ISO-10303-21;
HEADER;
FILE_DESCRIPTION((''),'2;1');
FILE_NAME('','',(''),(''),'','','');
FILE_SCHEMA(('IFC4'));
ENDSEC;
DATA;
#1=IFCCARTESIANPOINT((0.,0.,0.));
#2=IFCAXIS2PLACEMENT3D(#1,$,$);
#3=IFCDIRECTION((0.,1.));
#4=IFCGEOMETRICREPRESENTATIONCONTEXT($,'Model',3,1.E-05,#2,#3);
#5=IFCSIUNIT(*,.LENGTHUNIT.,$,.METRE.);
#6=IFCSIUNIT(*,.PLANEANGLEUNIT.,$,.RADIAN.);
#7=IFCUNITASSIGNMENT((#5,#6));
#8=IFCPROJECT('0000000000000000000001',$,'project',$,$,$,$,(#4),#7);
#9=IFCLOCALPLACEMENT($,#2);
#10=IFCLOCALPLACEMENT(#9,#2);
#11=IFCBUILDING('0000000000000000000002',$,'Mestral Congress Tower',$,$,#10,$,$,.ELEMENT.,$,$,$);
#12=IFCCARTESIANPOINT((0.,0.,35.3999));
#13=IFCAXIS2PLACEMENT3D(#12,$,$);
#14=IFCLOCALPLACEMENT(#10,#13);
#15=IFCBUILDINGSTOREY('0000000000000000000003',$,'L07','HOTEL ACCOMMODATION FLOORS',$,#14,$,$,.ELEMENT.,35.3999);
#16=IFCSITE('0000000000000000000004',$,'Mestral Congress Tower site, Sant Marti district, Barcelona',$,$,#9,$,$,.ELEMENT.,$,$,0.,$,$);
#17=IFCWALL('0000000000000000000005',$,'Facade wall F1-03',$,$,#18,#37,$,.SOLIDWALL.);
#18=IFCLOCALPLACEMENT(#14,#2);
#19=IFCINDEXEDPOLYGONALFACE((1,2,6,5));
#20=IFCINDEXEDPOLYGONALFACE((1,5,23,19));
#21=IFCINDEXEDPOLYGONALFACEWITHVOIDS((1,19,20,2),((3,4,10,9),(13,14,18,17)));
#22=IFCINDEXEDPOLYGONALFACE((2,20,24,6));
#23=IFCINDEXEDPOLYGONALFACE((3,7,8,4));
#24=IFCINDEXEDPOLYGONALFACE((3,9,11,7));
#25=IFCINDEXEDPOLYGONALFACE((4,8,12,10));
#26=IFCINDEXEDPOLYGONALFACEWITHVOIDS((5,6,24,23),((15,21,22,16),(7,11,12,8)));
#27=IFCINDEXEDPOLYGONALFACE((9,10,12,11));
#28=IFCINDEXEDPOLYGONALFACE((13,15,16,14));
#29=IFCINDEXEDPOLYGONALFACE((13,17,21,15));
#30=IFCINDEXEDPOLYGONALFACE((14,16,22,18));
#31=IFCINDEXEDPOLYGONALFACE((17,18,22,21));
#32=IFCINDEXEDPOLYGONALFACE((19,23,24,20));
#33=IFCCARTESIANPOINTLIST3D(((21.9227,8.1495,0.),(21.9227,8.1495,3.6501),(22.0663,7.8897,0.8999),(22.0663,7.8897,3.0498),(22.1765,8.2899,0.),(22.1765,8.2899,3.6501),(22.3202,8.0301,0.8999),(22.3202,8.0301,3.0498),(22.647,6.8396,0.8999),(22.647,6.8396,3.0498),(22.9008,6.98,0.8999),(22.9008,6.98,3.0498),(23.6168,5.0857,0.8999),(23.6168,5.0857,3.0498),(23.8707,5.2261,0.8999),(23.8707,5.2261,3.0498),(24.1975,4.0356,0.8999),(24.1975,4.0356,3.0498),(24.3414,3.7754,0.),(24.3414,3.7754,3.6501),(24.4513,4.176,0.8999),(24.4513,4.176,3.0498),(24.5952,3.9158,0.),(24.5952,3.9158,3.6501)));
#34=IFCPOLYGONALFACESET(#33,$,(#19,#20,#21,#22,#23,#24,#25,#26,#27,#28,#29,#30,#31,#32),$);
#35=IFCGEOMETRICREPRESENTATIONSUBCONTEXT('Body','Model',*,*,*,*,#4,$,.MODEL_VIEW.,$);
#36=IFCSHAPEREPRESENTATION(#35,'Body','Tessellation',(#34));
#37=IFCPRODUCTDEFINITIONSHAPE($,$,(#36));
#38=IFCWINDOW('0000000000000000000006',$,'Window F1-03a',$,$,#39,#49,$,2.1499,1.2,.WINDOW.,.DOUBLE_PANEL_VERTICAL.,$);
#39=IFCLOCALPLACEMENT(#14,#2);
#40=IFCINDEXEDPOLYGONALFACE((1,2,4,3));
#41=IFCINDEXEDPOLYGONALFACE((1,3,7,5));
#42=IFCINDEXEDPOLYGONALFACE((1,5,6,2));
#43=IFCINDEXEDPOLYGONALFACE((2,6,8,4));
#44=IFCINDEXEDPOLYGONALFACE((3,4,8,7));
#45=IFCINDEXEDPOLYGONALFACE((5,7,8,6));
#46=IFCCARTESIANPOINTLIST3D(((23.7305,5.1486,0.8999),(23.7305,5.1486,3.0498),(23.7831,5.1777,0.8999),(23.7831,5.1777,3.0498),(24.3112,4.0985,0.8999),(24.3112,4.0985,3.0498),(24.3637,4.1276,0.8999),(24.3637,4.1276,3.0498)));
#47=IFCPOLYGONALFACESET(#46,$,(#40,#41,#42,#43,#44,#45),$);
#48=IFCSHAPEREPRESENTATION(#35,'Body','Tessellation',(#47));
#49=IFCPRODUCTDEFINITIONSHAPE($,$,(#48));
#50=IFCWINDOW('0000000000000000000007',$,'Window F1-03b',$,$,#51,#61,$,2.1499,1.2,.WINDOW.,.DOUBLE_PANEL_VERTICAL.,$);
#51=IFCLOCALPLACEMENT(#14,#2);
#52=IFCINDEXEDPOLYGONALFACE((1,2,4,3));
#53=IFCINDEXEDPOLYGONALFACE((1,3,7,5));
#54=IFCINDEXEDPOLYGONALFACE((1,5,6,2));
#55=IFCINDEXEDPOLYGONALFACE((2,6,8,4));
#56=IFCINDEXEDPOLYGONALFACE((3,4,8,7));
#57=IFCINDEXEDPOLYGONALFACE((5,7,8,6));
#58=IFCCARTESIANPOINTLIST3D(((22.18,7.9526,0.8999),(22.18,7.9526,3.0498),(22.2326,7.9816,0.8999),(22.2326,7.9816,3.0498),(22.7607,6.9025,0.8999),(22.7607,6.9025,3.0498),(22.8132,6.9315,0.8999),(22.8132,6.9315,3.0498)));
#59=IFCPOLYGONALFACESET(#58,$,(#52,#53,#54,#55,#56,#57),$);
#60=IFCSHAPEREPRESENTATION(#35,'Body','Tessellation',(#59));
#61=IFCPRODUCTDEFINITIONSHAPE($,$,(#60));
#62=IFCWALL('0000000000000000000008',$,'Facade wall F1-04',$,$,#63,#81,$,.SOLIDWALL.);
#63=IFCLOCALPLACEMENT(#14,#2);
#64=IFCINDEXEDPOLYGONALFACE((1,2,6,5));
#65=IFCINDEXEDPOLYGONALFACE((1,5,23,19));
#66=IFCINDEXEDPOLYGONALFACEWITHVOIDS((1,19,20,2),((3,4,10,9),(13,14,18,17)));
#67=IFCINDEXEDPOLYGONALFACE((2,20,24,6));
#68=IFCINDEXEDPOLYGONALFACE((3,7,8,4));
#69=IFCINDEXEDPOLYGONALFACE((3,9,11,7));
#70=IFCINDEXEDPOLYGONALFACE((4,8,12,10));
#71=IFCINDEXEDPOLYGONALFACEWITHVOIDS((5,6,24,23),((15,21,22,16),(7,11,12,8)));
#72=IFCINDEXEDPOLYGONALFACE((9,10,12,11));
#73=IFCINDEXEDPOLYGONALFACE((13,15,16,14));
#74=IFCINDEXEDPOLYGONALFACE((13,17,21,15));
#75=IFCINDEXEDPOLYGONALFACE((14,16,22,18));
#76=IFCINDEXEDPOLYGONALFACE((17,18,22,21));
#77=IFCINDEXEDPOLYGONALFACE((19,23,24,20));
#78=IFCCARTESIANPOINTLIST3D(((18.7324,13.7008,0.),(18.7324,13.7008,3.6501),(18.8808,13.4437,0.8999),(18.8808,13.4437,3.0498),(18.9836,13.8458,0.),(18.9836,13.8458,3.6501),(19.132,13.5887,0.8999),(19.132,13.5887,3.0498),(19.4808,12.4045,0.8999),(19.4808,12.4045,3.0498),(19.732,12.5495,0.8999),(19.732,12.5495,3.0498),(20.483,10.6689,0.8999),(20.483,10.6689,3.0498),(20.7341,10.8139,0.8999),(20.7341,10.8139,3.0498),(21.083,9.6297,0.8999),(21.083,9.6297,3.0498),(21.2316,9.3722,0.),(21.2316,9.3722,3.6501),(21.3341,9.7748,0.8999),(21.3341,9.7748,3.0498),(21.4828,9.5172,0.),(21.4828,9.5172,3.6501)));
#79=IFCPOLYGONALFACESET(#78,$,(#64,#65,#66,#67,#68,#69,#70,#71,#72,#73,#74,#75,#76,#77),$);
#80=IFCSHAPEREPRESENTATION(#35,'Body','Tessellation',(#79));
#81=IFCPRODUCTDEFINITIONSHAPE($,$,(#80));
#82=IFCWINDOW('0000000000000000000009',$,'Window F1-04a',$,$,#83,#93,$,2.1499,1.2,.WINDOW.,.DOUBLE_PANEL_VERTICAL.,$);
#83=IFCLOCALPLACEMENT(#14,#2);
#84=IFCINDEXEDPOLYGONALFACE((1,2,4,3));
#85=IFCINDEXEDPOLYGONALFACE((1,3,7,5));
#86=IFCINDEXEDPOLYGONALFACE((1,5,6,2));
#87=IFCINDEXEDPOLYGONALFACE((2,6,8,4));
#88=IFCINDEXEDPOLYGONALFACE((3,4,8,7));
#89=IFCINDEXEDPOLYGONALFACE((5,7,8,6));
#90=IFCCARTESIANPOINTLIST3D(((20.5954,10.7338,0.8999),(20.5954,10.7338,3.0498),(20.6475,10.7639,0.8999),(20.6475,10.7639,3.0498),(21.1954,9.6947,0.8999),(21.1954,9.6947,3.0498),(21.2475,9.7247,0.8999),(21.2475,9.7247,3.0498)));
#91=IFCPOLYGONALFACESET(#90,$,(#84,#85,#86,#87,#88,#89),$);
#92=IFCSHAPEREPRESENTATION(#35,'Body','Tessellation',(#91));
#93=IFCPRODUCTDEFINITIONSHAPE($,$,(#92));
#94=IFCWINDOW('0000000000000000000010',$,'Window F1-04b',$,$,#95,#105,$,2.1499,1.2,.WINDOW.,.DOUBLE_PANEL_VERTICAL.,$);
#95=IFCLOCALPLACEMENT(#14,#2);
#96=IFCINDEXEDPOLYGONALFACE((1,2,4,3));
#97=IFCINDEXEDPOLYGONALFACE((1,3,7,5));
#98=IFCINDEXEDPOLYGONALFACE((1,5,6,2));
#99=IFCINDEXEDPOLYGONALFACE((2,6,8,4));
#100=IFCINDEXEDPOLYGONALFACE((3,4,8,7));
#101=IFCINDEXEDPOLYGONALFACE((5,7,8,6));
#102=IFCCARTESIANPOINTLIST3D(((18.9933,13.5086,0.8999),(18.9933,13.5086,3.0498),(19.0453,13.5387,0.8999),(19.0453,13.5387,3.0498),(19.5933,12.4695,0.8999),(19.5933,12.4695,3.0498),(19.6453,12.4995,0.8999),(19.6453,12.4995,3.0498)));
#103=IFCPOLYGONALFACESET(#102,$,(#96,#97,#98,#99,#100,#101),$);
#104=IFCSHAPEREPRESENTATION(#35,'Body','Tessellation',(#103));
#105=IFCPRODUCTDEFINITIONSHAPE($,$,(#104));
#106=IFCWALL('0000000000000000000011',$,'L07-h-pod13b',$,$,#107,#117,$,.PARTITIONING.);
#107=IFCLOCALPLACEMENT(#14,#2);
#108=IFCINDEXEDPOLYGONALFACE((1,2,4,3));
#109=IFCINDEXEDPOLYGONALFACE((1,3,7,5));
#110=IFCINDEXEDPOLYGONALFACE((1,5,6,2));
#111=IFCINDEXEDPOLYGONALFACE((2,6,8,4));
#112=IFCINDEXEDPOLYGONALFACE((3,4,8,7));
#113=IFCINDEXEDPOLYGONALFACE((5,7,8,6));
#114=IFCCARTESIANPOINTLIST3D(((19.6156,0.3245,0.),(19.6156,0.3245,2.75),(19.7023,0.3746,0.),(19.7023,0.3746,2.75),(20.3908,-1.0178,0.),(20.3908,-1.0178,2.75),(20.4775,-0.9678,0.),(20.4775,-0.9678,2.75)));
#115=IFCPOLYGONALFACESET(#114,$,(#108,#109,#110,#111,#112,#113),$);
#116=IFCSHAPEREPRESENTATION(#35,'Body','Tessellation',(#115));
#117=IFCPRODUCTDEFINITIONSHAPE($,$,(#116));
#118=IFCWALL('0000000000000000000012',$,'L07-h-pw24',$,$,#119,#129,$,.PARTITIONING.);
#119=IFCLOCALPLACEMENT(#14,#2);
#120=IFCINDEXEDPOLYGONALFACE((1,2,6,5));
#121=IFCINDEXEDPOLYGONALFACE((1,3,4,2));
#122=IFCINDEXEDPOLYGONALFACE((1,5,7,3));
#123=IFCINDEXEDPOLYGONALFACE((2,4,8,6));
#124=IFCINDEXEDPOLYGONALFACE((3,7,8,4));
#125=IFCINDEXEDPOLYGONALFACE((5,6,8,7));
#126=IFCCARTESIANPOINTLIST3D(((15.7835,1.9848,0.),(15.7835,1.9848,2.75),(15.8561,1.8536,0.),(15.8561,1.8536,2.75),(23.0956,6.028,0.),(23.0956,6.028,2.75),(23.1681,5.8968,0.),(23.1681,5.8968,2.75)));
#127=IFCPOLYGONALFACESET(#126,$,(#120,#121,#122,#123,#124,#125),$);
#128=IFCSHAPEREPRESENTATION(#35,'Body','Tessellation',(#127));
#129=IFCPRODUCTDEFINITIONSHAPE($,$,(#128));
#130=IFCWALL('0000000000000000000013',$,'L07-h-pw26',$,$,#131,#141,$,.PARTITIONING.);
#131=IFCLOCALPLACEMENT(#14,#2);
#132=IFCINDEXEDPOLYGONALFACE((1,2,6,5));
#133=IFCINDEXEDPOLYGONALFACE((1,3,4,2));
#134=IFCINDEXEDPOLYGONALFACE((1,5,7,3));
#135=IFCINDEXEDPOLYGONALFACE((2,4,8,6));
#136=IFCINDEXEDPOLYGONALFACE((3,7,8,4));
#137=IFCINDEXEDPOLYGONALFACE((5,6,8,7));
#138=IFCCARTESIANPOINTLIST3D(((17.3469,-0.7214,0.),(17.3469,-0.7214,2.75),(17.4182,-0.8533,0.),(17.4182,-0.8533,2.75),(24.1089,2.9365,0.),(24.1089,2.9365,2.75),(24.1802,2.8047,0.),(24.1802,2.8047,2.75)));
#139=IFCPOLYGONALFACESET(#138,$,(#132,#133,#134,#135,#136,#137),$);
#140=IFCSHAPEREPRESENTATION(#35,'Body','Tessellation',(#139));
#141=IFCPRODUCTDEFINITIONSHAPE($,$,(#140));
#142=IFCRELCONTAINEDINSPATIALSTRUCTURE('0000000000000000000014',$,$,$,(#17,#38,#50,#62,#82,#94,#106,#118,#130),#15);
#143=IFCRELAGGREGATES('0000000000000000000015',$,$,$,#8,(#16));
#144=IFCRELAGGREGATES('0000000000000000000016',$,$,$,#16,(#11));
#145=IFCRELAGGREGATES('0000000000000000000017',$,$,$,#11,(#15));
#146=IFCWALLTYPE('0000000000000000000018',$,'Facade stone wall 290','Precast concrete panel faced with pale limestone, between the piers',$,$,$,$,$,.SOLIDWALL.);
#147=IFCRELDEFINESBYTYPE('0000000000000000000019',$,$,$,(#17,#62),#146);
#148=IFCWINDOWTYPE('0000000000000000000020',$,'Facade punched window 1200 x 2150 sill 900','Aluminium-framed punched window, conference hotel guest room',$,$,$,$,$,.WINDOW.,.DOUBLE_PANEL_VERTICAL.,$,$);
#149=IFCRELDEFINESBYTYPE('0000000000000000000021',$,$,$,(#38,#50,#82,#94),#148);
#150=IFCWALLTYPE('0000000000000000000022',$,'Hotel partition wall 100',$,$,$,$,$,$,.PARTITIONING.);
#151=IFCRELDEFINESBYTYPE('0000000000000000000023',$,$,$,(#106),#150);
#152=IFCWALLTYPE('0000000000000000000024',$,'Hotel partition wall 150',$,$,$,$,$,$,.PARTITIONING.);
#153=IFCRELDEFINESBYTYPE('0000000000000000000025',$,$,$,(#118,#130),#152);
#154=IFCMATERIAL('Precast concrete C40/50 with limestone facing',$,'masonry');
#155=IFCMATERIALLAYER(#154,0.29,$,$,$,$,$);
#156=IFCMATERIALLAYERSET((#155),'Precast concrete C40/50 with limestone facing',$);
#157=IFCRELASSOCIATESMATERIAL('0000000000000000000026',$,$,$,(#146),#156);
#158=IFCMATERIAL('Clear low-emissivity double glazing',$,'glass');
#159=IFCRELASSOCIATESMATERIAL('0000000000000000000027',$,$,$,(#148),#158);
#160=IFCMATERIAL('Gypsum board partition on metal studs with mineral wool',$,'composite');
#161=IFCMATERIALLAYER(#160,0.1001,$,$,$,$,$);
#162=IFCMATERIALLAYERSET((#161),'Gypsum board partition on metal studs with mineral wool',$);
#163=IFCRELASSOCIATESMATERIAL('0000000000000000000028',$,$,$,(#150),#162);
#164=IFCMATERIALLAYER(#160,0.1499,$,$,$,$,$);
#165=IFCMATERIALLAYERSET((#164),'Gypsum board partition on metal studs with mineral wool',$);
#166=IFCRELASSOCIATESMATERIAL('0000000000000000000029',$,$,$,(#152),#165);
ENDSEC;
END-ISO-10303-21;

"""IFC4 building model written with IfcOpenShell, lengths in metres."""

from ifc_helpers import new_model, si_unit, direction, frame, frame_2d, origin, place, context, subcontext, project, spatial, rectangle, extrude, material, layer, layer_set, type_object, element, fill, save


model = new_model("IFC4")

# Units and contexts
model_context = context("Model", 3, precision=1e-05, world=origin(), true_north=direction((0.0, 1.0)))
body_context = subcontext(model_context, "Body", "Model", "MODEL_VIEW")
ifc_project = project(units=[si_unit("LENGTHUNIT", "METRE"), si_unit("PLANEANGLEUNIT", "RADIAN")], contexts=[model_context])

# Site, building, storey
site_placement = place(None, origin())
site = spatial("IfcSite", under=ifc_project, at=site_placement, Name="Mestral Congress Tower site, Sant Marti district, Barcelona", CompositionType="ELEMENT", RefElevation=0.0)
building_placement = place(site_placement, origin())
building = spatial("IfcBuilding", under=site, at=building_placement, Name="Mestral Congress Tower", CompositionType="ELEMENT")
storey_placement = place(building_placement, frame((0.0, 0.0, 35.3999)))
storey = spatial("IfcBuildingStorey", under=building, at=storey_placement, Name="L07", Description="HOTEL ACCOMMODATION FLOORS", CompositionType="ELEMENT", Elevation=35.3999)

# Walls, openings, windows
ifc_material_1 = material(Name="Precast concrete C40/50 with limestone facing", Category="masonry")
ifc_layer_1 = layer(ifc_material_1, 0.29)
ifc_layer_set_1 = layer_set([ifc_layer_1], Name="Precast concrete C40/50 with limestone facing")
wall_type_1 = type_object("IfcWallType", Name="Facade stone wall 290", Description="Precast concrete panel faced with pale limestone, between the piers", PredefinedType="SOLIDWALL", material=ifc_layer_set_1)
ifc_material_2 = material(Name="Clear low-emissivity double glazing", Category="glass")
window_type = type_object("IfcWindowType", Name="Facade punched window 1200 x 2150 sill 900", Description="Aluminium-framed punched window, conference hotel guest room", PartitioningType="DOUBLE_PANEL_VERTICAL", PredefinedType="WINDOW", material=ifc_material_2)
wall_1_placement = place(storey_placement, frame((24.4683, 3.8457, 0.0), z_axis=(0.0, 0.0, 1.0), x_axis=(-0.483913, 0.875116, 0.0)))
wall_1 = element("IfcWall", 1, at=wall_1_placement, inside=storey, type_object=wall_type_1, Name="Facade wall F1-03", PredefinedType="SOLIDWALL", context=body_context, shape_type="SweptSolid", body=[
    extrude(rectangle(XDim=4.9983, YDim=0.29, at=frame_2d((2.499, 0.0))), origin(), (0.0, 0.0, 1.0), 3.6501),
])
opening_1_placement = place(wall_1_placement, frame((0.2971, 0.0, 0.8999)))
opening_1 = element("IfcOpeningElement", 2, at=opening_1_placement, cuts=wall_1, PredefinedType="OPENING", context=body_context, shape_type="SweptSolid", body=[
    extrude(rectangle(XDim=1.2, YDim=2.1499, at=frame_2d((0.6001, 1.075))), frame((0.0, 0.155, 0.0), z_axis=(0.0, -1.0, 0.0), x_axis=(1.0, 0.0, 0.0)), (0.0, 0.0, 1.0), 0.3101),
])
opening_2_placement = place(wall_1_placement, frame((3.5012, 0.0, 0.8999)))
opening_2 = element("IfcOpeningElement", 3, at=opening_2_placement, cuts=wall_1, PredefinedType="OPENING", context=body_context, shape_type="SweptSolid", body=[
    extrude(rectangle(XDim=1.2, YDim=2.1499, at=frame_2d((0.6001, 1.075))), frame((0.0, 0.155, 0.0), z_axis=(0.0, -1.0, 0.0), x_axis=(1.0, 0.0, 0.0)), (0.0, 0.0, 1.0), 0.3101),
])
window_1_placement = place(opening_1_placement, origin())
window_1 = element("IfcWindow", 4, at=window_1_placement, inside=storey, type_object=window_type, Name="Window F1-03a", OverallHeight=2.1499, OverallWidth=1.2, PartitioningType="DOUBLE_PANEL_VERTICAL", PredefinedType="WINDOW", context=body_context, shape_type="SweptSolid", body=[
    extrude(rectangle(XDim=1.2, YDim=2.1499, at=frame_2d((0.6001, 1.075))), frame((0.0, 0.0151, 0.0), z_axis=(0.0, -1.0, 0.0), x_axis=(1.0, 0.0, 0.0)), (0.0, 0.0, 1.0), 0.0601),
])
fill(opening_1, window_1)
window_2_placement = place(opening_2_placement, origin())
window_2 = element("IfcWindow", 5, at=window_2_placement, inside=storey, type_object=window_type, Name="Window F1-03b", OverallHeight=2.1499, OverallWidth=1.2, PartitioningType="DOUBLE_PANEL_VERTICAL", PredefinedType="WINDOW", context=body_context, shape_type="SweptSolid", body=[
    extrude(rectangle(XDim=1.2, YDim=2.1499, at=frame_2d((0.6001, 1.075))), frame((0.0, 0.0151, 0.0), z_axis=(0.0, -1.0, 0.0), x_axis=(1.0, 0.0, 0.0)), (0.0, 0.0, 1.0), 0.0601),
])
fill(opening_2, window_2)
wall_2_placement = place(storey_placement, frame((21.3572, 9.4448, 0.0), z_axis=(0.0, 0.0, 1.0), x_axis=(-0.500021, 0.866013, 0.0)))
wall_2 = element("IfcWall", 6, at=wall_2_placement, inside=storey, type_object=wall_type_1, Name="Facade wall F1-04", PredefinedType="SOLIDWALL", context=body_context, shape_type="SweptSolid", body=[
    extrude(rectangle(XDim=4.9983, YDim=0.29, at=frame_2d((2.499, 0.0))), origin(), (0.0, 0.0, 1.0), 3.6501),
])
opening_3_placement = place(wall_2_placement, frame((0.2971, 0.0, 0.8999)))
opening_3 = element("IfcOpeningElement", 7, at=opening_3_placement, cuts=wall_2, PredefinedType="OPENING", context=body_context, shape_type="SweptSolid", body=[
    extrude(rectangle(XDim=1.2, YDim=2.1499, at=frame_2d((0.6001, 1.075))), frame((0.0, 0.155, 0.0), z_axis=(0.0, -1.0, 0.0), x_axis=(1.0, 0.0, 0.0)), (0.0, 0.0, 1.0), 0.3101),
])
opening_4_placement = place(wall_2_placement, frame((3.5012, 0.0, 0.8999)))
opening_4 = element("IfcOpeningElement", 8, at=opening_4_placement, cuts=wall_2, PredefinedType="OPENING", context=body_context, shape_type="SweptSolid", body=[
    extrude(rectangle(XDim=1.2, YDim=2.1499, at=frame_2d((0.6001, 1.075))), frame((0.0, 0.155, 0.0), z_axis=(0.0, -1.0, 0.0), x_axis=(1.0, 0.0, 0.0)), (0.0, 0.0, 1.0), 0.3101),
])
window_3_placement = place(opening_3_placement, origin())
window_3 = element("IfcWindow", 9, at=window_3_placement, inside=storey, type_object=window_type, Name="Window F1-04a", OverallHeight=2.1499, OverallWidth=1.2, PartitioningType="DOUBLE_PANEL_VERTICAL", PredefinedType="WINDOW", context=body_context, shape_type="SweptSolid", body=[
    extrude(rectangle(XDim=1.2, YDim=2.1499, at=frame_2d((0.6001, 1.075))), frame((0.0, 0.0151, 0.0), z_axis=(0.0, -1.0, 0.0), x_axis=(1.0, 0.0, 0.0)), (0.0, 0.0, 1.0), 0.0601),
])
fill(opening_3, window_3)
window_4_placement = place(opening_4_placement, origin())
window_4 = element("IfcWindow", 10, at=window_4_placement, inside=storey, type_object=window_type, Name="Window F1-04b", OverallHeight=2.1499, OverallWidth=1.2, PartitioningType="DOUBLE_PANEL_VERTICAL", PredefinedType="WINDOW", context=body_context, shape_type="SweptSolid", body=[
    extrude(rectangle(XDim=1.2, YDim=2.1499, at=frame_2d((0.6001, 1.075))), frame((0.0, 0.0151, 0.0), z_axis=(0.0, -1.0, 0.0), x_axis=(1.0, 0.0, 0.0)), (0.0, 0.0, 1.0), 0.0601),
])
fill(opening_4, window_4)

# Walls
ifc_material_3 = material(Name="Gypsum board partition on metal studs with mineral wool", Category="composite")
ifc_layer_2 = layer(ifc_material_3, 0.1001)
ifc_layer_set_2 = layer_set([ifc_layer_2], Name="Gypsum board partition on metal studs with mineral wool")
wall_type_2 = type_object("IfcWallType", Name="Hotel partition wall 100", PredefinedType="PARTITIONING", material=ifc_layer_set_2)
wall_3_placement = place(storey_placement, frame((20.4341, -0.9927, 0.0), z_axis=(0.0, 0.0, 1.0), x_axis=(-0.500086, 0.865976, 0.0)))
element("IfcWall", 11, at=wall_3_placement, inside=storey, type_object=wall_type_2, Name="L07-h-pod13b", PredefinedType="PARTITIONING", context=body_context, shape_type="SweptSolid", body=[
    extrude(rectangle(XDim=1.55, YDim=0.1001, at=frame_2d((0.7749, 0.0))), origin(), (0.0, 0.0, 1.0), 2.75),
])
ifc_layer_3 = layer(ifc_material_3, 0.1499)
ifc_layer_set_3 = layer_set([ifc_layer_3], Name="Gypsum board partition on metal studs with mineral wool")
wall_type_3 = type_object("IfcWallType", Name="Hotel partition wall 150", PredefinedType="PARTITIONING", material=ifc_layer_set_3)
wall_4_placement = place(storey_placement, frame((23.1318, 5.9624, 0.0), z_axis=(0.0, 0.0, 1.0), x_axis=(-0.875122, -0.483903, 0.0)))
element("IfcWall", 12, at=wall_4_placement, inside=storey, type_object=wall_type_3, Name="L07-h-pw24", PredefinedType="PARTITIONING", context=body_context, shape_type="SweptSolid", body=[
    extrude(rectangle(XDim=8.3555, YDim=0.1499, at=frame_2d((4.1777, 0.0))), origin(), (0.0, 0.0, 1.0), 2.75),
])
wall_5_placement = place(storey_placement, frame((24.1445, 2.8706, 0.0), z_axis=(0.0, 0.0, 1.0), x_axis=(-0.879552, -0.475803, 0.0)))
element("IfcWall", 13, at=wall_5_placement, inside=storey, type_object=wall_type_3, Name="L07-h-pw26", PredefinedType="PARTITIONING", context=body_context, shape_type="SweptSolid", body=[
    extrude(rectangle(XDim=7.688, YDim=0.1499, at=frame_2d((3.844, 0.0))), origin(), (0.0, 0.0, 1.0), 2.75),
])

save(model, "model.ifc")
